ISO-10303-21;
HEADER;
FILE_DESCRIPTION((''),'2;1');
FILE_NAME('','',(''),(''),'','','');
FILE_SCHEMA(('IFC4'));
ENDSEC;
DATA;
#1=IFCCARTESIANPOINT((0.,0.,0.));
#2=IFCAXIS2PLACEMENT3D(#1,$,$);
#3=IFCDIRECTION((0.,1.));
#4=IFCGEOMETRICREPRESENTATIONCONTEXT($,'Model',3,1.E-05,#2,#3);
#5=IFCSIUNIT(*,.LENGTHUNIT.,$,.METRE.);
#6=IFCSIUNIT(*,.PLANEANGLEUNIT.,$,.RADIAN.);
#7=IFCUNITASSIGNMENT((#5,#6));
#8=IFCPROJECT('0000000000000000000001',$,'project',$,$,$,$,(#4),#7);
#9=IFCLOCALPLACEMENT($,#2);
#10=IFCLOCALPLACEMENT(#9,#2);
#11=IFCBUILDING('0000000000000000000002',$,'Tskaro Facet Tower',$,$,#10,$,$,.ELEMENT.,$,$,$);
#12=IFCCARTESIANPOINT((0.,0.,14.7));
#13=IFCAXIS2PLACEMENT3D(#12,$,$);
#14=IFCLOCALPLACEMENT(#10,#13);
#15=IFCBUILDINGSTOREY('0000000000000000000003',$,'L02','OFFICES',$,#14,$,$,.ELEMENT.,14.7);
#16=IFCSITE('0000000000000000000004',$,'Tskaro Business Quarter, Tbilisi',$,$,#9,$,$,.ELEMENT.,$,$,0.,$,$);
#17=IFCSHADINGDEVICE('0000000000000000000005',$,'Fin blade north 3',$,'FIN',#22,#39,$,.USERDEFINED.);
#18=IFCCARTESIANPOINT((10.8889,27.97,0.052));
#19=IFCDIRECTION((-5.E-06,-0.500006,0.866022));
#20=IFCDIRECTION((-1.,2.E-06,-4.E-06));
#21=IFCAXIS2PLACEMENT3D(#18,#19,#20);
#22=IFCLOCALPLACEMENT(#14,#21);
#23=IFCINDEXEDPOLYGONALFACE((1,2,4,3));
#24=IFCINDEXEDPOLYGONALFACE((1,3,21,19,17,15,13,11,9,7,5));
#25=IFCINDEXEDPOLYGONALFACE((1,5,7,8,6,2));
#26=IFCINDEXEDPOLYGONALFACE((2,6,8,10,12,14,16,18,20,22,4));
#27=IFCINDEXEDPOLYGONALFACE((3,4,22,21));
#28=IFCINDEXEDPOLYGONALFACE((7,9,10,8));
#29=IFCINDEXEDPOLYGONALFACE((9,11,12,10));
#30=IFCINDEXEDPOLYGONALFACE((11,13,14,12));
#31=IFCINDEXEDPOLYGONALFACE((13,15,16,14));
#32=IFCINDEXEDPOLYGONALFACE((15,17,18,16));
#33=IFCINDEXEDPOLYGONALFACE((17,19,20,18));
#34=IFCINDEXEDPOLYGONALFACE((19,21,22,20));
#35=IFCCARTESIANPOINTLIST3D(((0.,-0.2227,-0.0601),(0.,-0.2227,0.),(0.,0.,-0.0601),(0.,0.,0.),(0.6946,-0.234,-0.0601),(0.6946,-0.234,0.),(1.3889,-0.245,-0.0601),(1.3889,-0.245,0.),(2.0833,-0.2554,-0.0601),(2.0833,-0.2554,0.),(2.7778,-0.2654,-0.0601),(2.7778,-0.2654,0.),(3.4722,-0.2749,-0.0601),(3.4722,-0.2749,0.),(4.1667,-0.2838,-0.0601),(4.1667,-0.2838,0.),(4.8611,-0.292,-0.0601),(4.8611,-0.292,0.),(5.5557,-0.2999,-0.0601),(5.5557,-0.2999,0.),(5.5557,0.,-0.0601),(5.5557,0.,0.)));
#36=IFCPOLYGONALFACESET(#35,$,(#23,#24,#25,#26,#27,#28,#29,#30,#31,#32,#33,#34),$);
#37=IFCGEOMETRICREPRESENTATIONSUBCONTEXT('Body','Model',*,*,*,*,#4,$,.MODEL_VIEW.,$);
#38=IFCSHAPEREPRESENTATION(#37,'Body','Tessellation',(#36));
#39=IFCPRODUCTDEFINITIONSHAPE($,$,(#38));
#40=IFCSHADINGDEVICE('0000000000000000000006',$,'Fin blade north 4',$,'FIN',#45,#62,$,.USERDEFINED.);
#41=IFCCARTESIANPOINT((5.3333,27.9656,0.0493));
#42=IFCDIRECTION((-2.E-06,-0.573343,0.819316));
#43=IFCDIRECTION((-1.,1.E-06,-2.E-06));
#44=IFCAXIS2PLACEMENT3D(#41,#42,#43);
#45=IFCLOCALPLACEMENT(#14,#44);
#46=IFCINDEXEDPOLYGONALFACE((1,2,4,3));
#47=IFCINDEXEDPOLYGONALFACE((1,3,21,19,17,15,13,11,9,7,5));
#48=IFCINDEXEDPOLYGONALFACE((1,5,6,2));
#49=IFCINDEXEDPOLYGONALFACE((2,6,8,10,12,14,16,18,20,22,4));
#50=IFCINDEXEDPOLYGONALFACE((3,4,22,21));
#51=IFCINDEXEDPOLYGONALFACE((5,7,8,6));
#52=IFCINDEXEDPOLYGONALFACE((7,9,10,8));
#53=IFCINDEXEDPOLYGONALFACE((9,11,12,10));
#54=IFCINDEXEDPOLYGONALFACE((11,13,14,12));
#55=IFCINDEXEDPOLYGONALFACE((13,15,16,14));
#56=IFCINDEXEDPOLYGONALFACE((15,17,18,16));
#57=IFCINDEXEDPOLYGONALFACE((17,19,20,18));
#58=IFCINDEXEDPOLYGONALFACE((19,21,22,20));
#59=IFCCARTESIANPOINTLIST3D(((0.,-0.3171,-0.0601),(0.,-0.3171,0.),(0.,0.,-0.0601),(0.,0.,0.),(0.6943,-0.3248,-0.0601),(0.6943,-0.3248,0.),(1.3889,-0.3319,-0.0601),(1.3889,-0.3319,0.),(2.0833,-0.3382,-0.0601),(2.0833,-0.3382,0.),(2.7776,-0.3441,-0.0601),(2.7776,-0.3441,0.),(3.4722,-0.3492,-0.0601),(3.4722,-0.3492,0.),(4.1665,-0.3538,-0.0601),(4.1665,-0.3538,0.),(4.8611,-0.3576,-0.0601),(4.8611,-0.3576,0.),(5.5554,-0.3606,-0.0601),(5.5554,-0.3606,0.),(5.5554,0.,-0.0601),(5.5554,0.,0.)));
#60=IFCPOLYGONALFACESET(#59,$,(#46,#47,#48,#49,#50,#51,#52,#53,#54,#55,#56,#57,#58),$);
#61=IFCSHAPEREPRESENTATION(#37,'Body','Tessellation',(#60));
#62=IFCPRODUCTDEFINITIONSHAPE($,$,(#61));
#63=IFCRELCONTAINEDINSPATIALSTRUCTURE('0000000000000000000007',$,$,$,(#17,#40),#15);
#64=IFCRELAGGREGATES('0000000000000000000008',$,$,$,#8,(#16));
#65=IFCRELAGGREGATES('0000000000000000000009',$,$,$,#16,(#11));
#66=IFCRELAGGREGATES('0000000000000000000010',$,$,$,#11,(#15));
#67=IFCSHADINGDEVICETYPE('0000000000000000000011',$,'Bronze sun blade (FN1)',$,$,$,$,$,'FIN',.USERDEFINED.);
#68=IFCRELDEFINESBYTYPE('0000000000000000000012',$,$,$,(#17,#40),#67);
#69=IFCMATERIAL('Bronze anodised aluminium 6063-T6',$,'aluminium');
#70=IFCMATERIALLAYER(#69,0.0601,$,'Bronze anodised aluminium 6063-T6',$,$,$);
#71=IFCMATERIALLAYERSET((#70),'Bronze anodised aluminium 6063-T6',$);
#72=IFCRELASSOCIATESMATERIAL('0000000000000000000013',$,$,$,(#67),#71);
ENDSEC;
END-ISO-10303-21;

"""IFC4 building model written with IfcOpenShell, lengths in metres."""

from ifc_helpers import new_model, si_unit, direction, frame, origin, place, context, subcontext, project, spatial, polyline, outline, extrude, material, layer, layer_set, type_object, element, save


model = new_model("IFC4")

# Units and contexts
model_context = context("Model", 3, precision=1e-05, world=origin(), true_north=direction((0.0, 1.0)))
body_context = subcontext(model_context, "Body", "Model", "MODEL_VIEW")
ifc_project = project(units=[si_unit("LENGTHUNIT", "METRE"), si_unit("PLANEANGLEUNIT", "RADIAN")], contexts=[model_context])

# Site, building, storey
site_placement = place(None, origin())
site = spatial("IfcSite", under=ifc_project, at=site_placement, Name="Tskaro Business Quarter, Tbilisi", CompositionType="ELEMENT", RefElevation=0.0)
building_placement = place(site_placement, origin())
building = spatial("IfcBuilding", under=site, at=building_placement, Name="Tskaro Facet Tower", CompositionType="ELEMENT")
storey_placement = place(building_placement, frame((0.0, 0.0, 14.7)))
storey = spatial("IfcBuildingStorey", under=building, at=storey_placement, Name="L02", Description="OFFICES", CompositionType="ELEMENT", Elevation=14.7)

# Shared definitions
ifc_material_1 = material(Name="Bronze anodised aluminium 6063-T6", Category="aluminium")

# Shading devices
ifc_layer_1 = layer(ifc_material_1, 0.0601, Name="Bronze anodised aluminium 6063-T6")
ifc_layer_set_1 = layer_set([ifc_layer_1], Name="Bronze anodised aluminium 6063-T6")
shading_device_type = type_object("IfcShadingDeviceType", Name="Bronze sun blade (FN1)", ElementType="FIN", PredefinedType="USERDEFINED", material=ifc_layer_set_1)
shading_device_1_placement = place(storey_placement, frame((10.8889, 27.97, 0.052), z_axis=(-0.000005, -0.500006, 0.866022), x_axis=(-1.0, 0.000002, -0.000004)))
element("IfcShadingDevice", 1, at=shading_device_1_placement, inside=storey, type_object=shading_device_type, Name="Fin blade north 3", ObjectType="FIN", PredefinedType="USERDEFINED", context=body_context, shape_type="SweptSolid", body=[
    extrude(outline(polyline([(0.0, 0.0), (5.5557, 0.0), (5.5557, -0.2999), (4.8611, -0.292), (4.1667, -0.2838), (3.4722, -0.2749), (2.7778, -0.2654), (2.0833, -0.2554), (1.3889, -0.245), (0.6946, -0.234), (0.0, -0.2227), (0.0, 0.0)])), origin(), (0.0, 0.0, -1.0), 0.0601),
])
shading_device_2_placement = place(storey_placement, frame((5.3333, 27.9656, 0.0493), z_axis=(-0.000002, -0.573343, 0.819316), x_axis=(-1.0, 0.000001, -0.000002)))
element("IfcShadingDevice", 2, at=shading_device_2_placement, inside=storey, type_object=shading_device_type, Name="Fin blade north 4", ObjectType="FIN", PredefinedType="USERDEFINED", context=body_context, shape_type="SweptSolid", body=[
    extrude(outline(polyline([(0.0, 0.0), (5.5554, 0.0), (5.5554, -0.3606), (4.8611, -0.3576), (4.1665, -0.3538), (3.4722, -0.3492), (2.7776, -0.3441), (2.0833, -0.3382), (1.3889, -0.3319), (0.6943, -0.3248), (0.0, -0.3171), (0.0, 0.0)])), origin(), (0.0, 0.0, -1.0), 0.0601),
])

save(model, "model.ifc")
